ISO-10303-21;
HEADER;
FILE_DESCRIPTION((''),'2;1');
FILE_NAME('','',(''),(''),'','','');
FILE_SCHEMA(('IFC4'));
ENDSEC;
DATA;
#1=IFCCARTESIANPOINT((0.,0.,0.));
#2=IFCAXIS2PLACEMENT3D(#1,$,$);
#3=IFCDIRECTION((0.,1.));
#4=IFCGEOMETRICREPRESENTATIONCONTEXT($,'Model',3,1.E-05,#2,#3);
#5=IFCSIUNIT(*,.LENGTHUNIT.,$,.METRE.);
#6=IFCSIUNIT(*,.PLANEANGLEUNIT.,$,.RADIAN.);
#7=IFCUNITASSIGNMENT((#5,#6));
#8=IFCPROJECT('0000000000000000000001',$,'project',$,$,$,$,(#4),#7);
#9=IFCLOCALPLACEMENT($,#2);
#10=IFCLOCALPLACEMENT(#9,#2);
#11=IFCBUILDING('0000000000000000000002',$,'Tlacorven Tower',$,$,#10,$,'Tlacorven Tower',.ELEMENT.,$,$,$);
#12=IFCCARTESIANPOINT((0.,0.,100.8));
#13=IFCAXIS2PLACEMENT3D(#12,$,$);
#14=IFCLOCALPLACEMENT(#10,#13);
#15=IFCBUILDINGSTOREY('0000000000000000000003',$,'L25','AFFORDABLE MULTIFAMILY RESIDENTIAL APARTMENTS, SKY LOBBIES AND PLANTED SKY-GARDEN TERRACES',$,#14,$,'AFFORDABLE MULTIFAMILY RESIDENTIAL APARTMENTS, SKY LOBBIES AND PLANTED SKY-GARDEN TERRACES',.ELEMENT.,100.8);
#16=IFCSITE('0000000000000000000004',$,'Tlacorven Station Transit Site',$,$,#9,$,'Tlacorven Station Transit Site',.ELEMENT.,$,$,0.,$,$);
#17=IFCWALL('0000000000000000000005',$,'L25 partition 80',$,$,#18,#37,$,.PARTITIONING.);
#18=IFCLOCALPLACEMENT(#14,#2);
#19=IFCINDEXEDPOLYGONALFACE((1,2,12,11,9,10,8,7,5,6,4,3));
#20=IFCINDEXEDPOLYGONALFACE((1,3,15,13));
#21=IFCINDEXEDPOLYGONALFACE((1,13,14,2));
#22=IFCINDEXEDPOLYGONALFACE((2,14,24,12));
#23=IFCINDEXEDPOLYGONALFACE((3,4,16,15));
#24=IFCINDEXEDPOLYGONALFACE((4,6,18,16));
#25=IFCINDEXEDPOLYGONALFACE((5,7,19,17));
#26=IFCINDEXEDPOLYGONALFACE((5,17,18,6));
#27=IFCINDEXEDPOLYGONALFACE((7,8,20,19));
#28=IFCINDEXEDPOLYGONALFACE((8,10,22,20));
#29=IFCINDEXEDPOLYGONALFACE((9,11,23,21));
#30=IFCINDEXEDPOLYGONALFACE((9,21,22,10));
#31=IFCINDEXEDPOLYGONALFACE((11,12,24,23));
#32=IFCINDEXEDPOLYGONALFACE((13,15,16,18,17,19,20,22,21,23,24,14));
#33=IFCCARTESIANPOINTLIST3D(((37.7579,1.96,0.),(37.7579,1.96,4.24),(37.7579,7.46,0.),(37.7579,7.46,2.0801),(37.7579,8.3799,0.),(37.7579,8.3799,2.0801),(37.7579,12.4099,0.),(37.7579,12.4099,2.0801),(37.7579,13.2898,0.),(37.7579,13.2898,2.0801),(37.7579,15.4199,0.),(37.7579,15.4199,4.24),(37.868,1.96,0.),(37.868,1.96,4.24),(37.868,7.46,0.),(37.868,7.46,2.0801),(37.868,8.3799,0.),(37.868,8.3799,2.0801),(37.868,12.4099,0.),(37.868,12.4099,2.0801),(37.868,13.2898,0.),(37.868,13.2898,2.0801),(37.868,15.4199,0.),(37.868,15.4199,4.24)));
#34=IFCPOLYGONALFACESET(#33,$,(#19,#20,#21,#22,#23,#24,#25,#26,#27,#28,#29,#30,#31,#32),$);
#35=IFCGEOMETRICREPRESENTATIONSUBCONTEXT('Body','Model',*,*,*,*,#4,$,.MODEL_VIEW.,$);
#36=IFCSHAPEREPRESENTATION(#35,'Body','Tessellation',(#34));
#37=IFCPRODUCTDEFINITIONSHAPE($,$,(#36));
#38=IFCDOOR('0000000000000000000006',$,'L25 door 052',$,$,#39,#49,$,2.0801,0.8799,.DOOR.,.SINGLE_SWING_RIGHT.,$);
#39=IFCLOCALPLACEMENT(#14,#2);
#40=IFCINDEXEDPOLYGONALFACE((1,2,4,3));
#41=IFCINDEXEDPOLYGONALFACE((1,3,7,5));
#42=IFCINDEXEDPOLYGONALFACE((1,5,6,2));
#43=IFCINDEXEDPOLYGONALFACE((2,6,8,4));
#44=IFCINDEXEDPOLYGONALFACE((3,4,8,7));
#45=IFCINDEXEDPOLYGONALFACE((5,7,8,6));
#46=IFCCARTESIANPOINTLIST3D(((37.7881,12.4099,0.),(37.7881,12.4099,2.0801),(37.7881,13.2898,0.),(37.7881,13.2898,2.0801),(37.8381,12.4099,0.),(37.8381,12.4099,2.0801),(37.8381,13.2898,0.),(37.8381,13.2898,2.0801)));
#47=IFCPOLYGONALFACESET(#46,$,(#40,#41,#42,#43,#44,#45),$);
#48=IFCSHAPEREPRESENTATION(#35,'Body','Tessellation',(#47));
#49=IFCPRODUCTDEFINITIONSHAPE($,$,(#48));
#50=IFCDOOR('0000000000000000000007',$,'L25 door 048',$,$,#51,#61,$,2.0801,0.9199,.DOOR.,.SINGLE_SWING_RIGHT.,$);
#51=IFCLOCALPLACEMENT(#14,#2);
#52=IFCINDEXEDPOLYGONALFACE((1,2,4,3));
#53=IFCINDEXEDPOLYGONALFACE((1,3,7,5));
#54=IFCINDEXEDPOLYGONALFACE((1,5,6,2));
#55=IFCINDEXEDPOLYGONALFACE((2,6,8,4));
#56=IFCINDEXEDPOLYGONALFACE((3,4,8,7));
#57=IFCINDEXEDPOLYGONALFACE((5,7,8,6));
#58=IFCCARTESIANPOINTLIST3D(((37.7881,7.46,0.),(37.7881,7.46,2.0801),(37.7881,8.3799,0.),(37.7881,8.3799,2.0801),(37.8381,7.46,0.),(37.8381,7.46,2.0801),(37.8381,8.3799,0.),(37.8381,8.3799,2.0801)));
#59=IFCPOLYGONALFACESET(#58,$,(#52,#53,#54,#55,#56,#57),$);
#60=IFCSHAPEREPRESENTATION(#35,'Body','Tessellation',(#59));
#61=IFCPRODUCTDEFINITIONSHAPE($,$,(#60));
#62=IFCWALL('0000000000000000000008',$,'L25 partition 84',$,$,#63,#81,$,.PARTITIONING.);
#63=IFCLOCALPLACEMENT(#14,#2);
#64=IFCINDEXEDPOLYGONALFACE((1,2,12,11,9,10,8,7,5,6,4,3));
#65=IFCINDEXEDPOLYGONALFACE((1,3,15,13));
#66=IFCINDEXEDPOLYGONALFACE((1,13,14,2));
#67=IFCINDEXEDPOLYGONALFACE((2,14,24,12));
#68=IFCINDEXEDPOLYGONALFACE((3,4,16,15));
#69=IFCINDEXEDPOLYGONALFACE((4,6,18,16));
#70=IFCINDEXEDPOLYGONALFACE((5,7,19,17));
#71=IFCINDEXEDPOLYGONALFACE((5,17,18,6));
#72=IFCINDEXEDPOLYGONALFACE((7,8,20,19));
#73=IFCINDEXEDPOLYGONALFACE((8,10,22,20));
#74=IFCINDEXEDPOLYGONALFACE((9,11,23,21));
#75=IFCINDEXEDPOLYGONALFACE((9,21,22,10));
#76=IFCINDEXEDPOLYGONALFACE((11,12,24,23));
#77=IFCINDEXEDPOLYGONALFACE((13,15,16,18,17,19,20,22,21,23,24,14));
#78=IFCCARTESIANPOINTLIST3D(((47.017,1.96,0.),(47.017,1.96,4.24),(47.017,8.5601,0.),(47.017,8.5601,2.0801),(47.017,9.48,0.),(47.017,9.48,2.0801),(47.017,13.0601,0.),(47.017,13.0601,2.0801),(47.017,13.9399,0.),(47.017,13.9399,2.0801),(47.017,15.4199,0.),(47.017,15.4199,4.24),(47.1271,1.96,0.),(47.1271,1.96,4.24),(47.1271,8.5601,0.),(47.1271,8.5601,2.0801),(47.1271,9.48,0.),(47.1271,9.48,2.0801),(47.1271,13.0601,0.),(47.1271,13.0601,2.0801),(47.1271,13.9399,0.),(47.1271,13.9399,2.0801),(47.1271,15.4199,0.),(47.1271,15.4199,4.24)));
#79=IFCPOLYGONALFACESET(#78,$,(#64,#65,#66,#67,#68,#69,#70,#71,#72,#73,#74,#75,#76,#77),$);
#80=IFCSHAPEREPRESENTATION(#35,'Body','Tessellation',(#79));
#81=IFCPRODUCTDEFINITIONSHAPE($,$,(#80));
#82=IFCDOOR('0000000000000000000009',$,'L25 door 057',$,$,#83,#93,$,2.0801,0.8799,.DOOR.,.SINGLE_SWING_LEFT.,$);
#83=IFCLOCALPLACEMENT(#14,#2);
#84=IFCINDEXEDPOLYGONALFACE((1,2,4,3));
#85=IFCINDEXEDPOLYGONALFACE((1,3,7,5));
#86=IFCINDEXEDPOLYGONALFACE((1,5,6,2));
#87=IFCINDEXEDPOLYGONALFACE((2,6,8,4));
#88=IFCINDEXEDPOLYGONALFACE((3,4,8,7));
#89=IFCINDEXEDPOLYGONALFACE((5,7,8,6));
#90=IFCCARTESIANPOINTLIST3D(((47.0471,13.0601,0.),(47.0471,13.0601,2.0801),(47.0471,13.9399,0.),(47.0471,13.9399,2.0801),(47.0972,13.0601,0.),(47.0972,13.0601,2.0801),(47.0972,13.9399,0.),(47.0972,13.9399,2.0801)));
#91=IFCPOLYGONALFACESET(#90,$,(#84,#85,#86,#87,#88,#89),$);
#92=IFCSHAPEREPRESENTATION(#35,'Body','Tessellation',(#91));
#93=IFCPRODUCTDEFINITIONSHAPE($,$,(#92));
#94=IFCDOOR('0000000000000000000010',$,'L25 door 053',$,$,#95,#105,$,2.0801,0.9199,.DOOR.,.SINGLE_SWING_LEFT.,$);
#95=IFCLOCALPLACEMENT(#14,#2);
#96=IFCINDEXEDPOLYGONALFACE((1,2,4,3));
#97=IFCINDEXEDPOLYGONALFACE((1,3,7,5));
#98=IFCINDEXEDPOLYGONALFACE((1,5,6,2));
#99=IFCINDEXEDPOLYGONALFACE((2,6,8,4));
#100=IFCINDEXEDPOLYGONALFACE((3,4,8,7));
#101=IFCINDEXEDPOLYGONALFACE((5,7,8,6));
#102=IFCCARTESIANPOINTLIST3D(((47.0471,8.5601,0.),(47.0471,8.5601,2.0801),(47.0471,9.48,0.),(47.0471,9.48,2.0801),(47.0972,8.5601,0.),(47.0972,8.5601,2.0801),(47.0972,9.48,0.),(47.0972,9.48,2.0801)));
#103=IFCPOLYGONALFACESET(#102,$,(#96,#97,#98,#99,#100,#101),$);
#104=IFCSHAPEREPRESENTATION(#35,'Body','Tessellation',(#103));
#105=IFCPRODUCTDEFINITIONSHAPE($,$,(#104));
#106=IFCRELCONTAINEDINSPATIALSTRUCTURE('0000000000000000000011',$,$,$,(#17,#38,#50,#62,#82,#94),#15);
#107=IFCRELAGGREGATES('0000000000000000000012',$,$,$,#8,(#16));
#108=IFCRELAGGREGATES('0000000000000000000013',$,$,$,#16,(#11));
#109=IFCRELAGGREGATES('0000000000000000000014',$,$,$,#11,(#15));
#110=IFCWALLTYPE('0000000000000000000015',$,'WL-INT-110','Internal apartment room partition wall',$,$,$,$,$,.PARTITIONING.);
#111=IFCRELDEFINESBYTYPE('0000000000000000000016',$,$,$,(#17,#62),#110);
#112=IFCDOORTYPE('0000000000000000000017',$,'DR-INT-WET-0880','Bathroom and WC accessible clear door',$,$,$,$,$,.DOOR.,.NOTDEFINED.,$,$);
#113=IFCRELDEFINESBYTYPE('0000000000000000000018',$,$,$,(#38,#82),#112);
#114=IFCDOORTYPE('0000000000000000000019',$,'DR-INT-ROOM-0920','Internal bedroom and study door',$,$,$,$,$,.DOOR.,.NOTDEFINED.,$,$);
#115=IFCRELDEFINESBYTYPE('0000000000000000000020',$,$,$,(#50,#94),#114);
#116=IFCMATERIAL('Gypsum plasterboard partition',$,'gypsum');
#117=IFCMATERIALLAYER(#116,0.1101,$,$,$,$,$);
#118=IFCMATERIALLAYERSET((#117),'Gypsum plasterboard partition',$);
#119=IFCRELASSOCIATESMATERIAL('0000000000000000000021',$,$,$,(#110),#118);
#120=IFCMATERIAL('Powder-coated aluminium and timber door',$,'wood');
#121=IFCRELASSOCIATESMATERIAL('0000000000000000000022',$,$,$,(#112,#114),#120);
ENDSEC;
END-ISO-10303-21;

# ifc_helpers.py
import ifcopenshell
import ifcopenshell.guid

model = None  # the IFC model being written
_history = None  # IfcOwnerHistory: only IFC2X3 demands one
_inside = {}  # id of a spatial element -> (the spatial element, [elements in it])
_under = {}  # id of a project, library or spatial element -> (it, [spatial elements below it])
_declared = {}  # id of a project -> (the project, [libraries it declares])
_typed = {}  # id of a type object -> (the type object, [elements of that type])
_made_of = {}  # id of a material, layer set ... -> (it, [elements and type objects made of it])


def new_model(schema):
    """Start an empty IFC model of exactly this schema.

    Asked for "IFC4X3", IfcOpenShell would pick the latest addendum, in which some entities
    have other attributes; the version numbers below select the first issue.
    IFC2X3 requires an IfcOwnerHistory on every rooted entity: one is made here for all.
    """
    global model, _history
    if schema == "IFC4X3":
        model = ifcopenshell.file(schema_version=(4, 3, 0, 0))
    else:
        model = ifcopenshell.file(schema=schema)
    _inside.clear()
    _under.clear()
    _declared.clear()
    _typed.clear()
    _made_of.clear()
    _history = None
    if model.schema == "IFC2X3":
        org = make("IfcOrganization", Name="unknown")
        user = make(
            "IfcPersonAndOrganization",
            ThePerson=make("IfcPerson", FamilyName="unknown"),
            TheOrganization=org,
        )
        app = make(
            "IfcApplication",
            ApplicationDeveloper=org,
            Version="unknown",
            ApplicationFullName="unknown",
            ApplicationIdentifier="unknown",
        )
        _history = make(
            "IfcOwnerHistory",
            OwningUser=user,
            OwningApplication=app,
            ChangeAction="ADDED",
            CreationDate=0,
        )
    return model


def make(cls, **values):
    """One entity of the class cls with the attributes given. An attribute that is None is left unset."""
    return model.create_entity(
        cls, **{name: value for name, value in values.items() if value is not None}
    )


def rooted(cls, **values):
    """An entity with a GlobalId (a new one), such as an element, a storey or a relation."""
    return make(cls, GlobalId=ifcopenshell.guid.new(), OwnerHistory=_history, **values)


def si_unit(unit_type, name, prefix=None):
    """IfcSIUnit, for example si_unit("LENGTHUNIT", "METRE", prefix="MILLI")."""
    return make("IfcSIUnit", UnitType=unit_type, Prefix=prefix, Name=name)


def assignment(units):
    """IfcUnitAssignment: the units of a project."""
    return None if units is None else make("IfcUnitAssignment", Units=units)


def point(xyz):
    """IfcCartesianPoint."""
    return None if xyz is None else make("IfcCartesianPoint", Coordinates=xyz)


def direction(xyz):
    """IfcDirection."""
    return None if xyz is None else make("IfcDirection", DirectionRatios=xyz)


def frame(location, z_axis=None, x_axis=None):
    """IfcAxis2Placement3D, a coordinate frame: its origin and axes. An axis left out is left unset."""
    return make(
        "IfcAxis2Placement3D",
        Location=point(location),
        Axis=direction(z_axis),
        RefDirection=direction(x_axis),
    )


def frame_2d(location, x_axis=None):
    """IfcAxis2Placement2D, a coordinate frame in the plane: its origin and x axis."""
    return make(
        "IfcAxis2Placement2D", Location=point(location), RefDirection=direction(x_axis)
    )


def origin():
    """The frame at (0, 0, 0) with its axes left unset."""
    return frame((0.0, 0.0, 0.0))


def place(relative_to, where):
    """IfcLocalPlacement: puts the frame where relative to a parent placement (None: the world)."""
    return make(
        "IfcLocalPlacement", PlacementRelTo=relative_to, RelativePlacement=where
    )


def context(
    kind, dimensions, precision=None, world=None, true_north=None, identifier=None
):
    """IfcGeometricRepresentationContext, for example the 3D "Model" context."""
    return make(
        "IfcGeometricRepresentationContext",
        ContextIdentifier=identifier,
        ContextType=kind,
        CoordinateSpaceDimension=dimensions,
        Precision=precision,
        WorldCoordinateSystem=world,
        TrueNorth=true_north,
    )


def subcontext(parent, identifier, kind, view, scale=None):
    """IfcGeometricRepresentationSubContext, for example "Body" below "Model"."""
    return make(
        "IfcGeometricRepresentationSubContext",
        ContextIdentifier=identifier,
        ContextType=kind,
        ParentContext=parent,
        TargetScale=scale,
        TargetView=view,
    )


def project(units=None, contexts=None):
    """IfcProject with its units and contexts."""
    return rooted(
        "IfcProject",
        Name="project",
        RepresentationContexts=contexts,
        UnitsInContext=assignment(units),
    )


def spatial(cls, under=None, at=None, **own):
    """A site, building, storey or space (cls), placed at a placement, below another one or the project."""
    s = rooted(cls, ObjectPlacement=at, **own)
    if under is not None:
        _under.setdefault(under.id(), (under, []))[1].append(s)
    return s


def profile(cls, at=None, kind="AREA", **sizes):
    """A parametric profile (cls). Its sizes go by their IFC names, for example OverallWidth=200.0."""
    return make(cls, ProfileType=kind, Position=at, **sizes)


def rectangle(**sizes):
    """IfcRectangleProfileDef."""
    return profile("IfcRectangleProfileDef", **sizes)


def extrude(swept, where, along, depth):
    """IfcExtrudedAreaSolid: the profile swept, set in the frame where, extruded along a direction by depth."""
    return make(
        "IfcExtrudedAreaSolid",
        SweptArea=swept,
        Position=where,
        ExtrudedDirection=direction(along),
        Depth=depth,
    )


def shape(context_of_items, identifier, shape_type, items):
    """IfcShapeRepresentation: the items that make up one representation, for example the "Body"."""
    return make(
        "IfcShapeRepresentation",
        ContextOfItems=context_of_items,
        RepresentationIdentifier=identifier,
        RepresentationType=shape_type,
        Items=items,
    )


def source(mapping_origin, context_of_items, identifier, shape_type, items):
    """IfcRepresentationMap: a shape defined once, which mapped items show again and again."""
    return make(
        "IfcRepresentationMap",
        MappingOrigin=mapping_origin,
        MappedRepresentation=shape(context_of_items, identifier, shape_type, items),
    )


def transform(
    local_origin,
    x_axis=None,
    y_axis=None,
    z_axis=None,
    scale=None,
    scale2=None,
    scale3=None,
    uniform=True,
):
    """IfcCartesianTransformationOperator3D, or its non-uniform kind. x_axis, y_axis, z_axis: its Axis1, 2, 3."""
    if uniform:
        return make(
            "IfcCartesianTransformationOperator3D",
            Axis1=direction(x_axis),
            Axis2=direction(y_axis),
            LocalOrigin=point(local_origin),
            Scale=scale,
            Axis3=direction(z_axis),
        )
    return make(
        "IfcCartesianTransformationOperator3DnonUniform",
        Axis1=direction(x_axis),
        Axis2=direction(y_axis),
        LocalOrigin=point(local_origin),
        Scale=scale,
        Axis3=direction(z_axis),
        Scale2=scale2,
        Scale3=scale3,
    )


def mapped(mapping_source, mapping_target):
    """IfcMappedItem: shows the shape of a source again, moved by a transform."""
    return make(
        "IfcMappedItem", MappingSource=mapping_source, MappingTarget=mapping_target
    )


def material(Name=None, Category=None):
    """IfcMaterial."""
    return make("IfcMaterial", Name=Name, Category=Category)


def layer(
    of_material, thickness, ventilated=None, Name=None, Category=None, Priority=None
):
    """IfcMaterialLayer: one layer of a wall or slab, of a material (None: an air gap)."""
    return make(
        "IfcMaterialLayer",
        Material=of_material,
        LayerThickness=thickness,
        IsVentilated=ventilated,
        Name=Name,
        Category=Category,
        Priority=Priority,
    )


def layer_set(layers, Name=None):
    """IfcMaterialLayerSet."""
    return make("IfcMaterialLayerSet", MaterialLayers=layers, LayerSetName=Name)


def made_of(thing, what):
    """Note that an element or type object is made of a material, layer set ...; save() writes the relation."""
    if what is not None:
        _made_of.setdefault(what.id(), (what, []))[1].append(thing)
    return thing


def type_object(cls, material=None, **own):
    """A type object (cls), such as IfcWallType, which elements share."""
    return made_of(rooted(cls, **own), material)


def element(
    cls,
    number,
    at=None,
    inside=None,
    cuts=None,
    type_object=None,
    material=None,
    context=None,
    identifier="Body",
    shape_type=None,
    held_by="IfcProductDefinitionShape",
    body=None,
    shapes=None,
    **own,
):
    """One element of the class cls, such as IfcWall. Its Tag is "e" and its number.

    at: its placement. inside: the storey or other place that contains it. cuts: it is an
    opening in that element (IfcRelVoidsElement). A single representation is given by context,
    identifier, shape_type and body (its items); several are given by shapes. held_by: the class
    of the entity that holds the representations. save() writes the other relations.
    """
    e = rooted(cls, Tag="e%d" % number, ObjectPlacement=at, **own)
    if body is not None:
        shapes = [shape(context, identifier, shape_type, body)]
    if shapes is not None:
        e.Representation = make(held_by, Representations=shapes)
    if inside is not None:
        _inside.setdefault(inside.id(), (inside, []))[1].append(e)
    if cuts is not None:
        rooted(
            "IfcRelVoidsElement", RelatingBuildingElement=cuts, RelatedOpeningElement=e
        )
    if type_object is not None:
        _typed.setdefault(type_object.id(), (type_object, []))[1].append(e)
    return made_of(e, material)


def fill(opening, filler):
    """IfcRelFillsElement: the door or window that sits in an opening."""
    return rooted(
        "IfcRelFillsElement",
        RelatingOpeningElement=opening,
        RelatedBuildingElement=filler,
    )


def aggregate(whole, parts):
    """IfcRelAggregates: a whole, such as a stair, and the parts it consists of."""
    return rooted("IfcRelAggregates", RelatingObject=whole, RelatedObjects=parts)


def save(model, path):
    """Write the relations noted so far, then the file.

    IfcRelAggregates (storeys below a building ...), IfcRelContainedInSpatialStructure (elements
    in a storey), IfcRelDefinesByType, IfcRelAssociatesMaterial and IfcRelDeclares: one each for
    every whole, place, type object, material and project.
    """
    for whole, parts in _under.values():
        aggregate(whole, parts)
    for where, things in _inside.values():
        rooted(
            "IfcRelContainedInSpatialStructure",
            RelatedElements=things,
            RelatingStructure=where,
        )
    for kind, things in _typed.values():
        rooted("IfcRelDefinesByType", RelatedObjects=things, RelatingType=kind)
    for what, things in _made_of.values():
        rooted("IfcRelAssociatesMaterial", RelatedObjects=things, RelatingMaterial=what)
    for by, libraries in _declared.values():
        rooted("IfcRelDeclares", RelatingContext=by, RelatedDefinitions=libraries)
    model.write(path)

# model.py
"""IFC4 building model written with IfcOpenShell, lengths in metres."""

from ifc_helpers import new_model, si_unit, direction, frame, frame_2d, origin, place, context, subcontext, project, spatial, rectangle, extrude, source, transform, mapped, material, layer, layer_set, type_object, element, fill, save


model = new_model("IFC4")

# Units and contexts
model_context = context("Model", 3, precision=1e-05, world=origin(), true_north=direction((0.0, 1.0)))
body_context = subcontext(model_context, "Body", "Model", "MODEL_VIEW")
ifc_project = project(units=[si_unit("LENGTHUNIT", "METRE"), si_unit("PLANEANGLEUNIT", "RADIAN")], contexts=[model_context])

# Site, building, storey
site_placement = place(None, origin())
site = spatial("IfcSite", under=ifc_project, at=site_placement, Name="Tlacorven Station Transit Site", LongName="Tlacorven Station Transit Site", CompositionType="ELEMENT", RefElevation=0.0)
building_placement = place(site_placement, origin())
building = spatial("IfcBuilding", under=site, at=building_placement, Name="Tlacorven Tower", LongName="Tlacorven Tower", CompositionType="ELEMENT")
storey_placement = place(building_placement, frame((0.0, 0.0, 100.8)))
storey = spatial("IfcBuildingStorey", under=building, at=storey_placement, Name="L25", Description="AFFORDABLE MULTIFAMILY RESIDENTIAL APARTMENTS, SKY LOBBIES AND PLANTED SKY-GARDEN TERRACES", LongName="AFFORDABLE MULTIFAMILY RESIDENTIAL APARTMENTS, SKY LOBBIES AND PLANTED SKY-GARDEN TERRACES", CompositionType="ELEMENT", Elevation=100.8)

# Walls, openings, doors
ifc_material_1 = material(Name="Gypsum plasterboard partition", Category="gypsum")
ifc_layer_1 = layer(ifc_material_1, 0.1101)
ifc_layer_set_1 = layer_set([ifc_layer_1], Name="Gypsum plasterboard partition")
wall_type_1 = type_object("IfcWallType", Name="WL-INT-110", Description="Internal apartment room partition wall", PredefinedType="PARTITIONING", material=ifc_layer_set_1)
wall_1_placement = place(storey_placement, frame((37.813, 1.96, 0.0), z_axis=(0.0, 0.0, 1.0), x_axis=(0.0, 1.0, 0.0)))
wall_1 = element("IfcWall", 1, at=wall_1_placement, inside=storey, type_object=wall_type_1, Name="L25 partition 80", PredefinedType="PARTITIONING", context=body_context, shape_type="SweptSolid", body=[
    extrude(rectangle(XDim=13.46, YDim=0.1101, at=frame_2d((6.73, 0.0))), origin(), (0.0, 0.0, 1.0), 4.24),
])
opening_1_placement = place(wall_1_placement, frame((5.5, 0.0, 0.0)))
opening_1 = element("IfcOpeningElement", 2, at=opening_1_placement, cuts=wall_1, PredefinedType="OPENING", context=body_context, shape_type="SweptSolid", body=[
    extrude(rectangle(XDim=0.9199, YDim=2.0801, at=frame_2d((0.46, 1.04))), frame((0.0, 0.0649, 0.0), z_axis=(0.0, -1.0, 0.0), x_axis=(1.0, 0.0, 0.0)), (0.0, 0.0, 1.0), 0.1301),
])
opening_2_placement = place(wall_1_placement, frame((10.45, 0.0, 0.0)))
opening_2 = element("IfcOpeningElement", 3, at=opening_2_placement, cuts=wall_1, PredefinedType="OPENING", context=body_context, shape_type="SweptSolid", body=[
    extrude(rectangle(XDim=0.8799, YDim=2.0801, at=frame_2d((0.4399, 1.04))), frame((0.0, 0.0649, 0.0), z_axis=(0.0, -1.0, 0.0), x_axis=(1.0, 0.0, 0.0)), (0.0, 0.0, 1.0), 0.1301),
])
ifc_material_2 = material(Name="Powder-coated aluminium and timber door", Category="wood")
door_type_1 = type_object("IfcDoorType", Name="DR-INT-WET-0880", Description="Bathroom and WC accessible clear door", OperationType="NOTDEFINED", PredefinedType="DOOR", material=ifc_material_2)
shared_shape_1 = source(origin(), body_context, "Body", "SweptSolid", [
    extrude(rectangle(XDim=0.8799, YDim=2.0801, at=frame_2d((0.4399, 1.04))), frame((0.0, 0.0249, 0.0), z_axis=(0.0, -1.0, 0.0), x_axis=(1.0, 0.0, 0.0)), (0.0, 0.0, 1.0), 0.05),
])
door_1_placement = place(opening_2_placement, origin())
door_1 = element("IfcDoor", 4, at=door_1_placement, inside=storey, type_object=door_type_1, Name="L25 door 052", OperationType="SINGLE_SWING_RIGHT", OverallHeight=2.0801, OverallWidth=0.8799, PredefinedType="DOOR", context=body_context, shape_type="MappedRepresentation", body=[
    mapped(shared_shape_1, transform((0.0, 0.0, 0.0), scale=1.0)),
])
fill(opening_2, door_1)
door_type_2 = type_object("IfcDoorType", Name="DR-INT-ROOM-0920", Description="Internal bedroom and study door", OperationType="NOTDEFINED", PredefinedType="DOOR", material=ifc_material_2)
shared_shape_2 = source(origin(), body_context, "Body", "SweptSolid", [
    extrude(rectangle(XDim=0.9199, YDim=2.0801, at=frame_2d((0.46, 1.04))), frame((0.0, 0.0249, 0.0), z_axis=(0.0, -1.0, 0.0), x_axis=(1.0, 0.0, 0.0)), (0.0, 0.0, 1.0), 0.05),
])
door_2_placement = place(opening_1_placement, origin())
door_2 = element("IfcDoor", 5, at=door_2_placement, inside=storey, type_object=door_type_2, Name="L25 door 048", OperationType="SINGLE_SWING_RIGHT", OverallHeight=2.0801, OverallWidth=0.9199, PredefinedType="DOOR", context=body_context, shape_type="MappedRepresentation", body=[
    mapped(shared_shape_2, transform((0.0, 0.0, 0.0), scale=1.0)),
])
fill(opening_1, door_2)
wall_2_placement = place(storey_placement, frame((47.072, 1.96, 0.0), z_axis=(0.0, 0.0, 1.0), x_axis=(0.0, 1.0, 0.0)))
wall_2 = element("IfcWall", 6, at=wall_2_placement, inside=storey, type_object=wall_type_1, Name="L25 partition 84", PredefinedType="PARTITIONING", context=body_context, shape_type="SweptSolid", body=[
    extrude(rectangle(XDim=13.46, YDim=0.1101, at=frame_2d((6.73, 0.0))), origin(), (0.0, 0.0, 1.0), 4.24),
])
opening_3_placement = place(wall_2_placement, frame((6.6001, 0.0, 0.0)))
opening_3 = element("IfcOpeningElement", 7, at=opening_3_placement, cuts=wall_2, PredefinedType="OPENING", context=body_context, shape_type="SweptSolid", body=[
    extrude(rectangle(XDim=0.9199, YDim=2.0801, at=frame_2d((0.46, 1.04))), frame((0.0, 0.0649, 0.0), z_axis=(0.0, -1.0, 0.0), x_axis=(1.0, 0.0, 0.0)), (0.0, 0.0, 1.0), 0.1301),
])
opening_4_placement = place(wall_2_placement, frame((11.1001, 0.0, 0.0)))
opening_4 = element("IfcOpeningElement", 8, at=opening_4_placement, cuts=wall_2, PredefinedType="OPENING", context=body_context, shape_type="SweptSolid", body=[
    extrude(rectangle(XDim=0.8799, YDim=2.0801, at=frame_2d((0.4399, 1.04))), frame((0.0, 0.0649, 0.0), z_axis=(0.0, -1.0, 0.0), x_axis=(1.0, 0.0, 0.0)), (0.0, 0.0, 1.0), 0.1301),
])
door_3_placement = place(opening_4_placement, origin())
door_3 = element("IfcDoor", 9, at=door_3_placement, inside=storey, type_object=door_type_1, Name="L25 door 057", OperationType="SINGLE_SWING_LEFT", OverallHeight=2.0801, OverallWidth=0.8799, PredefinedType="DOOR", context=body_context, shape_type="MappedRepresentation", body=[
    mapped(shared_shape_1, transform((0.0, 0.0, 0.0), scale=1.0)),
])
fill(opening_4, door_3)
door_4_placement = place(opening_3_placement, origin())
door_4 = element("IfcDoor", 10, at=door_4_placement, inside=storey, type_object=door_type_2, Name="L25 door 053", OperationType="SINGLE_SWING_LEFT", OverallHeight=2.0801, OverallWidth=0.9199, PredefinedType="DOOR", context=body_context, shape_type="MappedRepresentation", body=[
    mapped(shared_shape_2, transform((0.0, 0.0, 0.0), scale=1.0)),
])
fill(opening_3, door_4)

save(model, "model.ifc")
